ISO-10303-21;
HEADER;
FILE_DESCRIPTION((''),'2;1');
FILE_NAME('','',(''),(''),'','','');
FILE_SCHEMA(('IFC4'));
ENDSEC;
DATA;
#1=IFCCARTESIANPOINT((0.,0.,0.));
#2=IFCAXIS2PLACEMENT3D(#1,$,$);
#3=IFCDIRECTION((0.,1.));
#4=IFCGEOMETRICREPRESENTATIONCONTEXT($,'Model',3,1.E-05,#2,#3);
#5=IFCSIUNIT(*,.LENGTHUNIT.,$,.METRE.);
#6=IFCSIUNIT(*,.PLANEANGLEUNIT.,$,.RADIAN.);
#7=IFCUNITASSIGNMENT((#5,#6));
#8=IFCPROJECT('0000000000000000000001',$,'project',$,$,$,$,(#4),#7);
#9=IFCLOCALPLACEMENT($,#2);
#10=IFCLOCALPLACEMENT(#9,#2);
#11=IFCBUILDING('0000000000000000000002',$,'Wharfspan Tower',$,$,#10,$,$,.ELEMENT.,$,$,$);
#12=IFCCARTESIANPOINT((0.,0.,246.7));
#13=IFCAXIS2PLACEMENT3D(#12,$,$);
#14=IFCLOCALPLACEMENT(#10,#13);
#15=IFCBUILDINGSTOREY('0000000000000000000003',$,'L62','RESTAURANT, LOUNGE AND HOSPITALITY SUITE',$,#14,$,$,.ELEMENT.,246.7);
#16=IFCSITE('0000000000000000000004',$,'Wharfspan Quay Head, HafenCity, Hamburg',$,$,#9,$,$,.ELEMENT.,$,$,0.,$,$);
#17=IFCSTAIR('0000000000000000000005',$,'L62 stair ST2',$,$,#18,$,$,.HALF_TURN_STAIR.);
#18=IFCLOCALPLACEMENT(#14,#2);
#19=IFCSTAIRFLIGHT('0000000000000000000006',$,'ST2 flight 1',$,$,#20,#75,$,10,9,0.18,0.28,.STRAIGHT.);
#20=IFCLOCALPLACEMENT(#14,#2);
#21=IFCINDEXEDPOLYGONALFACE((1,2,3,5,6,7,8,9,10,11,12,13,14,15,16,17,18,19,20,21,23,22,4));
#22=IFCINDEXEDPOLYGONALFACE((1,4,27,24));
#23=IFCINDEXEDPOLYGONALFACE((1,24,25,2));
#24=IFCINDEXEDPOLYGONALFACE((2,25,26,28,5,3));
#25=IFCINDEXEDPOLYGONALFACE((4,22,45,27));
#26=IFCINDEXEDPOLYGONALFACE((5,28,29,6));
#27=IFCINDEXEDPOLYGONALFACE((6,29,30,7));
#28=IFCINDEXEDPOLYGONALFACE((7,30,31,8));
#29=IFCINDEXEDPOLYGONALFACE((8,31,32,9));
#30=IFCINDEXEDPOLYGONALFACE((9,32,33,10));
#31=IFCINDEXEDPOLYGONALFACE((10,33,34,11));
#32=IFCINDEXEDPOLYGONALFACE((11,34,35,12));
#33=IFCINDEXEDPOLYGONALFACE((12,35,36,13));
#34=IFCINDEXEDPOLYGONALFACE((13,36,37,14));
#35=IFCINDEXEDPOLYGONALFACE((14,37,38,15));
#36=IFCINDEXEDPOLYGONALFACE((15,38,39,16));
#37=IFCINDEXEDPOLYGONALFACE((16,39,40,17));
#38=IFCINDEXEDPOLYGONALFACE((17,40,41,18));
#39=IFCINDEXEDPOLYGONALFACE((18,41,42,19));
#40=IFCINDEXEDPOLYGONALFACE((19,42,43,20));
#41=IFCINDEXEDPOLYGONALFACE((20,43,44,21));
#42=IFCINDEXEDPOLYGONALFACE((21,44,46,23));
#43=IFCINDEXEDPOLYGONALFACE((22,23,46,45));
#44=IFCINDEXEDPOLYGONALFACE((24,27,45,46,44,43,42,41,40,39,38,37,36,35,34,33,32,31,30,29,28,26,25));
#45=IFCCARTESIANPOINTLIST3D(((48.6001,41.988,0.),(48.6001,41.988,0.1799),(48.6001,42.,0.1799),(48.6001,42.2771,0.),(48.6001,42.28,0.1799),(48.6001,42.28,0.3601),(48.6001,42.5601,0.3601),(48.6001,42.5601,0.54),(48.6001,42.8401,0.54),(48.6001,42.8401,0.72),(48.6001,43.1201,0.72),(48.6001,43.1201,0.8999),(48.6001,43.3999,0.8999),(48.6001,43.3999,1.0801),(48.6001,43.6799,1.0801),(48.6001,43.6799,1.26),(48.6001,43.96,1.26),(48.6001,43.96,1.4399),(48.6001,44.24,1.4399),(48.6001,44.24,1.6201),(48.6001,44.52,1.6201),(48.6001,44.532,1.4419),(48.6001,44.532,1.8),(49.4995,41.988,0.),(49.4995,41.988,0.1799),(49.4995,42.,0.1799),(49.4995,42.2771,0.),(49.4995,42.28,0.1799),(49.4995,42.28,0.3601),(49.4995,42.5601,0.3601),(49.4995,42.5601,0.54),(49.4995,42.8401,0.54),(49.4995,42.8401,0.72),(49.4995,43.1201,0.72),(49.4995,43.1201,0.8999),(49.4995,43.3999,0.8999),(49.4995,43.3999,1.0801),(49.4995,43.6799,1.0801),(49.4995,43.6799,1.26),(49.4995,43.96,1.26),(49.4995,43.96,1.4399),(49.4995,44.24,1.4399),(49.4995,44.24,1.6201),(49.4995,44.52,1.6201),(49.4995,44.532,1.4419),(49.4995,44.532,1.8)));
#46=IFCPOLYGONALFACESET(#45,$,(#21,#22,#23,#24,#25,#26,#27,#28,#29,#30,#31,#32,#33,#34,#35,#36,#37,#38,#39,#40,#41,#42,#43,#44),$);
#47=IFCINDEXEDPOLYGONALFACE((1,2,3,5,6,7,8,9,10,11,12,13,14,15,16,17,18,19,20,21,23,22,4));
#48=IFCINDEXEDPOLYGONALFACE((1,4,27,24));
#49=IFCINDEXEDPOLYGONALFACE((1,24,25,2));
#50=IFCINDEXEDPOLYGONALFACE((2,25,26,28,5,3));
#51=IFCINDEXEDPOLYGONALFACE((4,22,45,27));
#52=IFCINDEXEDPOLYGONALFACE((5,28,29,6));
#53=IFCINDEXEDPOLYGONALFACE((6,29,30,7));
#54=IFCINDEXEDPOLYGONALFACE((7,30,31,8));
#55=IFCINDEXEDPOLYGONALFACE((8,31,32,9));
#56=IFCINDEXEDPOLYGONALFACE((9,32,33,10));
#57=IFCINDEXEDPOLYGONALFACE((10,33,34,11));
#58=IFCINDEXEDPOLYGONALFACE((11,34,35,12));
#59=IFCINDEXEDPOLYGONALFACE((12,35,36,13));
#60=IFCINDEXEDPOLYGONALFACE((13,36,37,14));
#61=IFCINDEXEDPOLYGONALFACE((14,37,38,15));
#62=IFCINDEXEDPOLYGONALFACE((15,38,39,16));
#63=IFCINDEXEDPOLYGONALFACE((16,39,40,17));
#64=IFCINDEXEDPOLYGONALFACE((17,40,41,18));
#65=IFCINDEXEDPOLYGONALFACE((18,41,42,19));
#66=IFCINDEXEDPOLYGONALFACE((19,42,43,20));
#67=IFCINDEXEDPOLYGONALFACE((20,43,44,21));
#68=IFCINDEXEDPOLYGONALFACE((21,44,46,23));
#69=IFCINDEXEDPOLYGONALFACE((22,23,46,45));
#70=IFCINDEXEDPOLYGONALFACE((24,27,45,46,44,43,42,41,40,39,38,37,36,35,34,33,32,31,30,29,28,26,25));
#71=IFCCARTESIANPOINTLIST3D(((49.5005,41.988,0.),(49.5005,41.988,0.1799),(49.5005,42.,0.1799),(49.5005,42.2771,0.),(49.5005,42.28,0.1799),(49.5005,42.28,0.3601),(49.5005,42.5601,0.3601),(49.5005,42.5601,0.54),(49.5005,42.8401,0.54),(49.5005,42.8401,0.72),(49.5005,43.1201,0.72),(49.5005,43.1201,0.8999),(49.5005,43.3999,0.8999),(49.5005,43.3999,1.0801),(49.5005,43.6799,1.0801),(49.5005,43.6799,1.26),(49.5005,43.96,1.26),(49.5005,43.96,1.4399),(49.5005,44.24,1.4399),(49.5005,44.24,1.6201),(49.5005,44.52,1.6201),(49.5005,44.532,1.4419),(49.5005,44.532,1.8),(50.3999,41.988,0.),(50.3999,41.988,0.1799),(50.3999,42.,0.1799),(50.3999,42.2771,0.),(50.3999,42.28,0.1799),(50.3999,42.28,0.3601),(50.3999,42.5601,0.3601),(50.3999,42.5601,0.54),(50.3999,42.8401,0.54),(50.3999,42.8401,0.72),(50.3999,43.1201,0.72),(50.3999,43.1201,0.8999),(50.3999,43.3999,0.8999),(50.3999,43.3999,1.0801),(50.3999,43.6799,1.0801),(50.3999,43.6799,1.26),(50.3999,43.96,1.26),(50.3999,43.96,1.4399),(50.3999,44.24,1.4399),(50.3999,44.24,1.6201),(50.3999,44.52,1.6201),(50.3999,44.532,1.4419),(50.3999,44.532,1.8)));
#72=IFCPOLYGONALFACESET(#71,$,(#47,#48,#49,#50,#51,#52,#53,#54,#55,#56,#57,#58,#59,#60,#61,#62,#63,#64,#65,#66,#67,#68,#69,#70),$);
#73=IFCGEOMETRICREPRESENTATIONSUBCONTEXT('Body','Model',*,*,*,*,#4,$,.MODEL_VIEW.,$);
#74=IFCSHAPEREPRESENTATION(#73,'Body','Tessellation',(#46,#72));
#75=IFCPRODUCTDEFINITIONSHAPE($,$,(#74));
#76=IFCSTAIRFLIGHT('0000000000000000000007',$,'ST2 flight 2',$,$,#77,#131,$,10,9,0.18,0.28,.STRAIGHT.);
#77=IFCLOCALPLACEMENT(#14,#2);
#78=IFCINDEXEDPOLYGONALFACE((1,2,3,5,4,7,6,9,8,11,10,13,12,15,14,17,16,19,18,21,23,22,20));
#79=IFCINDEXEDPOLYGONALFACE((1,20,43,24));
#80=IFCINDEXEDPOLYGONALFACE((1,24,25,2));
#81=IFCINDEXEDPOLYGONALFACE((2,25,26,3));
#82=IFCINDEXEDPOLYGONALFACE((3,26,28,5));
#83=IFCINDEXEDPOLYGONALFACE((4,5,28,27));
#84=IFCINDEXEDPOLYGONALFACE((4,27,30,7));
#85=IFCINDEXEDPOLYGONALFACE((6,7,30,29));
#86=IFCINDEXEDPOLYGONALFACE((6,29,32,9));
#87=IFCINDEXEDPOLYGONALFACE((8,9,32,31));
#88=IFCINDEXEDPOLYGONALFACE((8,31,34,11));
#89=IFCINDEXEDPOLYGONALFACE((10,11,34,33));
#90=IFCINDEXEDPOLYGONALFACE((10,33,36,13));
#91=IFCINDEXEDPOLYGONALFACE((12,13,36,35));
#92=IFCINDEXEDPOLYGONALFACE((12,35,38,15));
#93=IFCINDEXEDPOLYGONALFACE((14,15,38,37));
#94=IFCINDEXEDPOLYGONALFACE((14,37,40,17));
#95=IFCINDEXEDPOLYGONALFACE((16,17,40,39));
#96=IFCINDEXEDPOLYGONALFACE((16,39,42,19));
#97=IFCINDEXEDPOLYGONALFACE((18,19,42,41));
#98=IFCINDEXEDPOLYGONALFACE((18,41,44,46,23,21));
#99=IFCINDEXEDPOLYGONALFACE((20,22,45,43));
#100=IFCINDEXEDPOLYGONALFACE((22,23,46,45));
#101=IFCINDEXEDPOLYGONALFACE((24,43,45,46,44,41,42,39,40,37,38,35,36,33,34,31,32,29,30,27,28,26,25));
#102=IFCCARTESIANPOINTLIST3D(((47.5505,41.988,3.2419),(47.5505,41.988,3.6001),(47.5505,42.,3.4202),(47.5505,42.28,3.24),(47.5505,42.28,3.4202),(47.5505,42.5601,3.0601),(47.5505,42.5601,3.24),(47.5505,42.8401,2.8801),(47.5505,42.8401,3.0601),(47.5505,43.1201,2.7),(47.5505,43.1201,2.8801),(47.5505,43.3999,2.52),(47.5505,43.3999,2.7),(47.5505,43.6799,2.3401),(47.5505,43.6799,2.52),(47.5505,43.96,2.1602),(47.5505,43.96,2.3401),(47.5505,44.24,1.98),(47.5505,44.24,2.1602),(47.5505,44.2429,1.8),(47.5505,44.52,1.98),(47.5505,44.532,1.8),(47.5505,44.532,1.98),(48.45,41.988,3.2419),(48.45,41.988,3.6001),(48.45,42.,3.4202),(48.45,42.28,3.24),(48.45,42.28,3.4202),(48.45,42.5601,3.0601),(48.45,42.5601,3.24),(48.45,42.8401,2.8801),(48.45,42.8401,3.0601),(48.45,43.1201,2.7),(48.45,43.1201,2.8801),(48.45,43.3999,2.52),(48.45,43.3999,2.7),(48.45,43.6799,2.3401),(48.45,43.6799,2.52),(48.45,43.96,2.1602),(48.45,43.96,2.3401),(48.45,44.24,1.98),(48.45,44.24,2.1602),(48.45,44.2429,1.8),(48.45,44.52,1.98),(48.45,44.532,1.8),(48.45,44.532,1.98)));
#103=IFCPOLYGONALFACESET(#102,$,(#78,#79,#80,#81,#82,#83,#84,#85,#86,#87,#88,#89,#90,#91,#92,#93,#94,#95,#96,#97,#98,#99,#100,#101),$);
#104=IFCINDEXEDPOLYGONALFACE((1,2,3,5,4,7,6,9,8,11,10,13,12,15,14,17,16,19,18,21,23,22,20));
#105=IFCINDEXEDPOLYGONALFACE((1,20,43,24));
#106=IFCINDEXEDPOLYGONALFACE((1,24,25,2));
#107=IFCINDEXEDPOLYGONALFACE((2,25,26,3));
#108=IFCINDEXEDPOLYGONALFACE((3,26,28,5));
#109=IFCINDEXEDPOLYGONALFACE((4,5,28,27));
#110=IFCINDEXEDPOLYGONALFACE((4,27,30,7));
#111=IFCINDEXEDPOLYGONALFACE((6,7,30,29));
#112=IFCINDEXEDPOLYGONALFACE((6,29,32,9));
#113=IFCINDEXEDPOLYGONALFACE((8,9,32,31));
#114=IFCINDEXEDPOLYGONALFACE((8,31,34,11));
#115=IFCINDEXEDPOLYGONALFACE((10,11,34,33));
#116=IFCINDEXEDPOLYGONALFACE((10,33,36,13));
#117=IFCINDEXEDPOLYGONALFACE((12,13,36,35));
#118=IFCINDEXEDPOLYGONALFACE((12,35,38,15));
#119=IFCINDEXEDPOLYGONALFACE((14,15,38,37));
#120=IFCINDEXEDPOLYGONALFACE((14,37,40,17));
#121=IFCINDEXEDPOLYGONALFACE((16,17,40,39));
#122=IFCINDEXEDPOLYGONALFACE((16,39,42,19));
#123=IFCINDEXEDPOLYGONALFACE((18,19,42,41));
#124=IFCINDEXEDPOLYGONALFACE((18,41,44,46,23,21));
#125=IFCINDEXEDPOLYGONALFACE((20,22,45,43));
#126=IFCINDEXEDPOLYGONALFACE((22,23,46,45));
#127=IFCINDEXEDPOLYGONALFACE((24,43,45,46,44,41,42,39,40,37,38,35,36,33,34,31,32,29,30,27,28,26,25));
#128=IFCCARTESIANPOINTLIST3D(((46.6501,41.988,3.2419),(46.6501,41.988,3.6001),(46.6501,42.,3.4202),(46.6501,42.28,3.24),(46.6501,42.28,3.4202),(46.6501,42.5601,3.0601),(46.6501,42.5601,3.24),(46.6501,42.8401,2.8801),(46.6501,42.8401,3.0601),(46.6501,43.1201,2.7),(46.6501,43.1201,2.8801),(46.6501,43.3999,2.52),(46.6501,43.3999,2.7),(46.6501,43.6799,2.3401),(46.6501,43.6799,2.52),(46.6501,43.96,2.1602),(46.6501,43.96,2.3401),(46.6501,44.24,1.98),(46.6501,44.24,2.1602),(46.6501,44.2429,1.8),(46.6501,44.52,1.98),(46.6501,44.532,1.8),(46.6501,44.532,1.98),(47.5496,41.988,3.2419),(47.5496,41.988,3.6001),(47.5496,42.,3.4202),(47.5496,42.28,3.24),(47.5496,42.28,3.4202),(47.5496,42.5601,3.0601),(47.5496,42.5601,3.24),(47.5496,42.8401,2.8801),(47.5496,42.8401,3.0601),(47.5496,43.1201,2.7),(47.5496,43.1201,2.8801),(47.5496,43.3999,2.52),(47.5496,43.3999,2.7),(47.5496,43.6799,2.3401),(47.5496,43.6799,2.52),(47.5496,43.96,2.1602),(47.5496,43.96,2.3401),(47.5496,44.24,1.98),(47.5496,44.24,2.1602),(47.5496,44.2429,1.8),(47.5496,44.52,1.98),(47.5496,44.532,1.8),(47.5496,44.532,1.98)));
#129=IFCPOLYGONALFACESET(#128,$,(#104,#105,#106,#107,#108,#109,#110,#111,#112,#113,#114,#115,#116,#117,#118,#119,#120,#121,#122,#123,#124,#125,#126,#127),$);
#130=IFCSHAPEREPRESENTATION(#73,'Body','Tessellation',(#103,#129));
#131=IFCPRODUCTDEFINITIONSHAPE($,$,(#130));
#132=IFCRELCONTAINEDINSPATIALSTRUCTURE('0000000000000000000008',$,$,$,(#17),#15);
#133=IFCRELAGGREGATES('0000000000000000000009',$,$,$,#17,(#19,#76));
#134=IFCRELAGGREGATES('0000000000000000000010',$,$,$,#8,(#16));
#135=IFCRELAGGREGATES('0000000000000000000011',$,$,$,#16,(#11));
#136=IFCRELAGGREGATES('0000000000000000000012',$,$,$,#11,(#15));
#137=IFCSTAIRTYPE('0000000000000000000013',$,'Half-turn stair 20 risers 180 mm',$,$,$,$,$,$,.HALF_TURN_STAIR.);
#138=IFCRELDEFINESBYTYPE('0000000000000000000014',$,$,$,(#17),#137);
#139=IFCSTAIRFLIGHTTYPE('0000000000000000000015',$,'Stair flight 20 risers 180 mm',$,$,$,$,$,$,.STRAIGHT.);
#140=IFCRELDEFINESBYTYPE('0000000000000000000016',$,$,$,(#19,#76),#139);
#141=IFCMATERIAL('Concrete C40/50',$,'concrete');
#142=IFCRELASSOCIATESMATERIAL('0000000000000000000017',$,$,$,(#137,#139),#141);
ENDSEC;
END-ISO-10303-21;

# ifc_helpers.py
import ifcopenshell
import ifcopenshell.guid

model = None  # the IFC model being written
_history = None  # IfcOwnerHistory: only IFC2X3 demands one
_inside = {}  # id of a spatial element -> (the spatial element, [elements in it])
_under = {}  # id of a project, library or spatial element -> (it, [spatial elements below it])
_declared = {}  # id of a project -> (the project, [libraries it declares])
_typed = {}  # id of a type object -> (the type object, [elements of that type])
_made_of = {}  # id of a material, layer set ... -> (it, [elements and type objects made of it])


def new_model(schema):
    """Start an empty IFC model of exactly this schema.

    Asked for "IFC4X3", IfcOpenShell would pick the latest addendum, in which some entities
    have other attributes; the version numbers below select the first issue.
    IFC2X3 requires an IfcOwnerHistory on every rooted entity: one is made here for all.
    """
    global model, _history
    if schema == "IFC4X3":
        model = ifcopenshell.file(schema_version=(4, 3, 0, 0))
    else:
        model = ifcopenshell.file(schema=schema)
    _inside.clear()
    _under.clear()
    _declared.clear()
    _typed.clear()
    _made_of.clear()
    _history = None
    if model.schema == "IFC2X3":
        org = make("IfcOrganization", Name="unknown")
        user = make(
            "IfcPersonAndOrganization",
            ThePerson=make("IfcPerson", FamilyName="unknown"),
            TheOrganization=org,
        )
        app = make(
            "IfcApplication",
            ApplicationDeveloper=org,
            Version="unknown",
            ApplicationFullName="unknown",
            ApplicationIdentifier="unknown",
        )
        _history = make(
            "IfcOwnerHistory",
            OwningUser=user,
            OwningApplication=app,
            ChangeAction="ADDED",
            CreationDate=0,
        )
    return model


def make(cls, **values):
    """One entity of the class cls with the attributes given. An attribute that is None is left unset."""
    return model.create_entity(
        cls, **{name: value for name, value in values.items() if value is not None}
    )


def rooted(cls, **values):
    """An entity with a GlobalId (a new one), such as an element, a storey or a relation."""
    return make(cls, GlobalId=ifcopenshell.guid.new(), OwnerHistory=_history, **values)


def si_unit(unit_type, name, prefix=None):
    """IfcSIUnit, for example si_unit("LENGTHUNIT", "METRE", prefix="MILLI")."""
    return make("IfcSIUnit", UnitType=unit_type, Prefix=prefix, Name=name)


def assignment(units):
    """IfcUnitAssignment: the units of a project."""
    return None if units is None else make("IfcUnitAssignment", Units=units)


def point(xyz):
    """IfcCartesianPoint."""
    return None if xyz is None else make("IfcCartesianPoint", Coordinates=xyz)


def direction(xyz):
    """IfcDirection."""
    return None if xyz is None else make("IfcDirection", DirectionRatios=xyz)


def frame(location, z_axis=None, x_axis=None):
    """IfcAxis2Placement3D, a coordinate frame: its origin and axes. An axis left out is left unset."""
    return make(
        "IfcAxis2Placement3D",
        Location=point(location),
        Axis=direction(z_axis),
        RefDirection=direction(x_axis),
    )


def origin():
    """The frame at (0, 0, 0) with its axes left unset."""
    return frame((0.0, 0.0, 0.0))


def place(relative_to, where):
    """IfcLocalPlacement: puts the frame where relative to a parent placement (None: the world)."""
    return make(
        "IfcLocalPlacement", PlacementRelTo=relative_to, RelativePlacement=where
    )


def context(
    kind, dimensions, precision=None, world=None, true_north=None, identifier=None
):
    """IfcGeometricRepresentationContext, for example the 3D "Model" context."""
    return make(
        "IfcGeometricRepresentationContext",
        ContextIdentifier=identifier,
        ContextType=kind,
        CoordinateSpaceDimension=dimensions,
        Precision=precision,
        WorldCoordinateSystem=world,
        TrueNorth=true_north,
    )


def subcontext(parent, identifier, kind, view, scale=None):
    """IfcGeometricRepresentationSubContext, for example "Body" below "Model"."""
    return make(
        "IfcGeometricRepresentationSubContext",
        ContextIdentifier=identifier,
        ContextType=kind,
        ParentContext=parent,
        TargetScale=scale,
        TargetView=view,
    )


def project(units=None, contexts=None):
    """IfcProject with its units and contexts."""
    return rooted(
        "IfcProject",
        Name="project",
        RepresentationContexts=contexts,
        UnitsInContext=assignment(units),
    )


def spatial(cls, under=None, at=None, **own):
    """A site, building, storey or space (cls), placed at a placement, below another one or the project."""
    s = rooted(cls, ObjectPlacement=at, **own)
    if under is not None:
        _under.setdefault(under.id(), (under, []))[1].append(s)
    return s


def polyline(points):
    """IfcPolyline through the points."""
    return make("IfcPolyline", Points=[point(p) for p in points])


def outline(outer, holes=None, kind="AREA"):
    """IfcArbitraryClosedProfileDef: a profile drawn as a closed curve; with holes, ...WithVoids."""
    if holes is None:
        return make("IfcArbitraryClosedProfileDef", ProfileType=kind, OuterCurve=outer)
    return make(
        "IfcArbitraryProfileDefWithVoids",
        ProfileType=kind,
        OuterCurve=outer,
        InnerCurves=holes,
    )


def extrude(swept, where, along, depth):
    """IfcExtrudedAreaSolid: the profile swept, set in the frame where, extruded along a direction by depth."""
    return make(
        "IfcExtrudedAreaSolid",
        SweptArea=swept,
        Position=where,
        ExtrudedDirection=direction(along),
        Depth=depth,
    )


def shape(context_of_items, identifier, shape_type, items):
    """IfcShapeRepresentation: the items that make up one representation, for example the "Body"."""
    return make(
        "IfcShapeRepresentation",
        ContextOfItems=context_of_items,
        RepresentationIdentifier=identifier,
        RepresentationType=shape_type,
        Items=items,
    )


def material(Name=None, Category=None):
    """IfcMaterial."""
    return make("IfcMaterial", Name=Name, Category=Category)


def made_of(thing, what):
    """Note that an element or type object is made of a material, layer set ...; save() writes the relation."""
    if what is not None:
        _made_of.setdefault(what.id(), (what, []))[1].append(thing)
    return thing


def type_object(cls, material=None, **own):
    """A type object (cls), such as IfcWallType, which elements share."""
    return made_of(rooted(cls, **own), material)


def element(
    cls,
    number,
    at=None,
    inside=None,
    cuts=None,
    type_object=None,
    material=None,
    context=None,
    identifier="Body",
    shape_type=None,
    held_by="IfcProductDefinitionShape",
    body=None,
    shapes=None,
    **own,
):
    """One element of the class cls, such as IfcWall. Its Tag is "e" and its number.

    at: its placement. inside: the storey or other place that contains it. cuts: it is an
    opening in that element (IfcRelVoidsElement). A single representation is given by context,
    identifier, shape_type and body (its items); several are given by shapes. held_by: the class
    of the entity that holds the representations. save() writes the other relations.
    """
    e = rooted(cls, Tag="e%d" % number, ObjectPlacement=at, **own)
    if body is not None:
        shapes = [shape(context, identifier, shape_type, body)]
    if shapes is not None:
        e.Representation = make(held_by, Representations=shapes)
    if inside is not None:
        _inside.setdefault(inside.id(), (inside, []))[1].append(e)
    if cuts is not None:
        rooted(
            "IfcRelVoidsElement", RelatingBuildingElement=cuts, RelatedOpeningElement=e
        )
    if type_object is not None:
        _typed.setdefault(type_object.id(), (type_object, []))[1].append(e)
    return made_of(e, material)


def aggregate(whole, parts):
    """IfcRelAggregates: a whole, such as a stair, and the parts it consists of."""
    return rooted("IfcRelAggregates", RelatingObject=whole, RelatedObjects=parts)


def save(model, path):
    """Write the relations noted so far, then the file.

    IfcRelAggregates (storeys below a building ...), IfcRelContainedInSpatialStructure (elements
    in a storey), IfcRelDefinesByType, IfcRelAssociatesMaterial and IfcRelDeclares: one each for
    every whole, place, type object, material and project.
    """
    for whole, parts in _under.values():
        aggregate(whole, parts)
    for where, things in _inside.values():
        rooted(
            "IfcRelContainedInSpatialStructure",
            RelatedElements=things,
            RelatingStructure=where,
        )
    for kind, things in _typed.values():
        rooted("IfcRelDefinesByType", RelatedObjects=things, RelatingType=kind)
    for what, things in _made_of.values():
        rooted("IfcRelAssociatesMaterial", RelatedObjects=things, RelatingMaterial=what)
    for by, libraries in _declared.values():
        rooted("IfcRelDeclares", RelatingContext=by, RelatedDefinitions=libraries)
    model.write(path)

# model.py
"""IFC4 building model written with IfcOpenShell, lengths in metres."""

from ifc_helpers import new_model, si_unit, direction, frame, origin, place, context, subcontext, project, spatial, polyline, outline, extrude, material, type_object, element, aggregate, save


model = new_model("IFC4")

# Units and contexts
model_context = context("Model", 3, precision=1e-05, world=origin(), true_north=direction((0.0, 1.0)))
body_context = subcontext(model_context, "Body", "Model", "MODEL_VIEW")
ifc_project = project(units=[si_unit("LENGTHUNIT", "METRE"), si_unit("PLANEANGLEUNIT", "RADIAN")], contexts=[model_context])

# Site, building, storey
site_placement = place(None, origin())
site = spatial("IfcSite", under=ifc_project, at=site_placement, Name="Wharfspan Quay Head, HafenCity, Hamburg", CompositionType="ELEMENT", RefElevation=0.0)
building_placement = place(site_placement, origin())
building = spatial("IfcBuilding", under=site, at=building_placement, Name="Wharfspan Tower", CompositionType="ELEMENT")
storey_placement = place(building_placement, frame((0.0, 0.0, 246.7)))
storey = spatial("IfcBuildingStorey", under=building, at=storey_placement, Name="L62", Description="RESTAURANT, LOUNGE AND HOSPITALITY SUITE", CompositionType="ELEMENT", Elevation=246.7)

# Shared definitions
ifc_material_1 = material(Name="Concrete C40/50", Category="concrete")

# Stair, stair flights
stair_type = type_object("IfcStairType", Name="Half-turn stair 20 risers 180 mm", PredefinedType="HALF_TURN_STAIR", material=ifc_material_1)
stair_placement = place(storey_placement, origin())
stair = element("IfcStair", 1, at=stair_placement, inside=storey, type_object=stair_type, Name="L62 stair ST2", PredefinedType="HALF_TURN_STAIR")
stair_flight_type = type_object("IfcStairFlightType", Name="Stair flight 20 risers 180 mm", PredefinedType="STRAIGHT", material=ifc_material_1)
stair_flight_1_placement = place(storey_placement, frame((49.5, 42.0, 0.0), z_axis=(0.0, 0.0, 1.0), x_axis=(0.0, 1.0, 0.0)))
stair_flight_1 = element("IfcStairFlight", 2, at=stair_flight_1_placement, type_object=stair_flight_type, Name="ST2 flight 1", NumberOfRisers=10, NumberOfTreads=9, PredefinedType="STRAIGHT", RiserHeight=0.18, TreadLength=0.28, context=body_context, shape_type="SweptSolid", body=[
    extrude(outline(polyline([(-0.012, 0.0), (-0.012, 0.1799), (0.0, 0.1799), (0.28, 0.1799), (0.28, 0.3601), (0.5601, 0.3601), (0.5601, 0.54), (0.8401, 0.54), (0.8401, 0.72), (1.1201, 0.72), (1.1201, 0.8999), (1.3999, 0.8999), (1.3999, 1.0801), (1.6799, 1.0801), (1.6799, 1.26), (1.96, 1.26), (1.96, 1.4399), (2.24, 1.4399), (2.24, 1.6201), (2.52, 1.6201), (2.532, 1.8), (2.532, 1.4419), (0.2771, 0.0), (-0.012, 0.0)])), frame((0.0, 0.8999, 0.0), z_axis=(0.0, -1.0, 0.0), x_axis=(1.0, 0.0, 0.0)), (0.0, 0.0, 1.0), 0.8994),
    extrude(outline(polyline([(-0.012, 0.0), (-0.012, 0.1799), (0.0, 0.1799), (0.28, 0.1799), (0.28, 0.3601), (0.5601, 0.3601), (0.5601, 0.54), (0.8401, 0.54), (0.8401, 0.72), (1.1201, 0.72), (1.1201, 0.8999), (1.3999, 0.8999), (1.3999, 1.0801), (1.6799, 1.0801), (1.6799, 1.26), (1.96, 1.26), (1.96, 1.4399), (2.24, 1.4399), (2.24, 1.6201), (2.52, 1.6201), (2.532, 1.8), (2.532, 1.4419), (0.2771, 0.0), (-0.012, 0.0)])), frame((0.0, -0.0005, 0.0), z_axis=(0.0, -1.0, 0.0), x_axis=(1.0, 0.0, 0.0)), (0.0, 0.0, 1.0), 0.8994),
])
stair_flight_2_placement = place(storey_placement, frame((47.55, 44.52, 1.8), z_axis=(0.0, 0.0, 1.0), x_axis=(0.0, -1.0, 0.0)))
stair_flight_2 = element("IfcStairFlight", 3, at=stair_flight_2_placement, type_object=stair_flight_type, Name="ST2 flight 2", NumberOfRisers=10, NumberOfTreads=9, PredefinedType="STRAIGHT", RiserHeight=0.18, TreadLength=0.28, context=body_context, shape_type="SweptSolid", body=[
    extrude(outline(polyline([(-0.012, 0.0), (-0.012, 0.1799), (0.0, 0.1799), (0.28, 0.1799), (0.28, 0.3601), (0.5601, 0.3601), (0.5601, 0.54), (0.8401, 0.54), (0.8401, 0.72), (1.1201, 0.72), (1.1201, 0.8999), (1.3999, 0.8999), (1.3999, 1.0801), (1.6799, 1.0801), (1.6799, 1.26), (1.96, 1.26), (1.96, 1.4399), (2.24, 1.4399), (2.24, 1.6201), (2.52, 1.6201), (2.532, 1.8), (2.532, 1.4419), (0.2771, 0.0), (-0.012, 0.0)])), frame((0.0, 0.8999, 0.0), z_axis=(0.0, -1.0, 0.0), x_axis=(1.0, 0.0, 0.0)), (0.0, 0.0, 1.0), 0.8994),
    extrude(outline(polyline([(-0.012, 0.0), (-0.012, 0.1799), (0.0, 0.1799), (0.28, 0.1799), (0.28, 0.3601), (0.5601, 0.3601), (0.5601, 0.54), (0.8401, 0.54), (0.8401, 0.72), (1.1201, 0.72), (1.1201, 0.8999), (1.3999, 0.8999), (1.3999, 1.0801), (1.6799, 1.0801), (1.6799, 1.26), (1.96, 1.26), (1.96, 1.4399), (2.24, 1.4399), (2.24, 1.6201), (2.52, 1.6201), (2.532, 1.8), (2.532, 1.4419), (0.2771, 0.0), (-0.012, 0.0)])), frame((0.0, -0.0005, 0.0), z_axis=(0.0, -1.0, 0.0), x_axis=(1.0, 0.0, 0.0)), (0.0, 0.0, 1.0), 0.8994),
])
aggregate(stair, [stair_flight_1, stair_flight_2])

save(model, "model.ifc")
